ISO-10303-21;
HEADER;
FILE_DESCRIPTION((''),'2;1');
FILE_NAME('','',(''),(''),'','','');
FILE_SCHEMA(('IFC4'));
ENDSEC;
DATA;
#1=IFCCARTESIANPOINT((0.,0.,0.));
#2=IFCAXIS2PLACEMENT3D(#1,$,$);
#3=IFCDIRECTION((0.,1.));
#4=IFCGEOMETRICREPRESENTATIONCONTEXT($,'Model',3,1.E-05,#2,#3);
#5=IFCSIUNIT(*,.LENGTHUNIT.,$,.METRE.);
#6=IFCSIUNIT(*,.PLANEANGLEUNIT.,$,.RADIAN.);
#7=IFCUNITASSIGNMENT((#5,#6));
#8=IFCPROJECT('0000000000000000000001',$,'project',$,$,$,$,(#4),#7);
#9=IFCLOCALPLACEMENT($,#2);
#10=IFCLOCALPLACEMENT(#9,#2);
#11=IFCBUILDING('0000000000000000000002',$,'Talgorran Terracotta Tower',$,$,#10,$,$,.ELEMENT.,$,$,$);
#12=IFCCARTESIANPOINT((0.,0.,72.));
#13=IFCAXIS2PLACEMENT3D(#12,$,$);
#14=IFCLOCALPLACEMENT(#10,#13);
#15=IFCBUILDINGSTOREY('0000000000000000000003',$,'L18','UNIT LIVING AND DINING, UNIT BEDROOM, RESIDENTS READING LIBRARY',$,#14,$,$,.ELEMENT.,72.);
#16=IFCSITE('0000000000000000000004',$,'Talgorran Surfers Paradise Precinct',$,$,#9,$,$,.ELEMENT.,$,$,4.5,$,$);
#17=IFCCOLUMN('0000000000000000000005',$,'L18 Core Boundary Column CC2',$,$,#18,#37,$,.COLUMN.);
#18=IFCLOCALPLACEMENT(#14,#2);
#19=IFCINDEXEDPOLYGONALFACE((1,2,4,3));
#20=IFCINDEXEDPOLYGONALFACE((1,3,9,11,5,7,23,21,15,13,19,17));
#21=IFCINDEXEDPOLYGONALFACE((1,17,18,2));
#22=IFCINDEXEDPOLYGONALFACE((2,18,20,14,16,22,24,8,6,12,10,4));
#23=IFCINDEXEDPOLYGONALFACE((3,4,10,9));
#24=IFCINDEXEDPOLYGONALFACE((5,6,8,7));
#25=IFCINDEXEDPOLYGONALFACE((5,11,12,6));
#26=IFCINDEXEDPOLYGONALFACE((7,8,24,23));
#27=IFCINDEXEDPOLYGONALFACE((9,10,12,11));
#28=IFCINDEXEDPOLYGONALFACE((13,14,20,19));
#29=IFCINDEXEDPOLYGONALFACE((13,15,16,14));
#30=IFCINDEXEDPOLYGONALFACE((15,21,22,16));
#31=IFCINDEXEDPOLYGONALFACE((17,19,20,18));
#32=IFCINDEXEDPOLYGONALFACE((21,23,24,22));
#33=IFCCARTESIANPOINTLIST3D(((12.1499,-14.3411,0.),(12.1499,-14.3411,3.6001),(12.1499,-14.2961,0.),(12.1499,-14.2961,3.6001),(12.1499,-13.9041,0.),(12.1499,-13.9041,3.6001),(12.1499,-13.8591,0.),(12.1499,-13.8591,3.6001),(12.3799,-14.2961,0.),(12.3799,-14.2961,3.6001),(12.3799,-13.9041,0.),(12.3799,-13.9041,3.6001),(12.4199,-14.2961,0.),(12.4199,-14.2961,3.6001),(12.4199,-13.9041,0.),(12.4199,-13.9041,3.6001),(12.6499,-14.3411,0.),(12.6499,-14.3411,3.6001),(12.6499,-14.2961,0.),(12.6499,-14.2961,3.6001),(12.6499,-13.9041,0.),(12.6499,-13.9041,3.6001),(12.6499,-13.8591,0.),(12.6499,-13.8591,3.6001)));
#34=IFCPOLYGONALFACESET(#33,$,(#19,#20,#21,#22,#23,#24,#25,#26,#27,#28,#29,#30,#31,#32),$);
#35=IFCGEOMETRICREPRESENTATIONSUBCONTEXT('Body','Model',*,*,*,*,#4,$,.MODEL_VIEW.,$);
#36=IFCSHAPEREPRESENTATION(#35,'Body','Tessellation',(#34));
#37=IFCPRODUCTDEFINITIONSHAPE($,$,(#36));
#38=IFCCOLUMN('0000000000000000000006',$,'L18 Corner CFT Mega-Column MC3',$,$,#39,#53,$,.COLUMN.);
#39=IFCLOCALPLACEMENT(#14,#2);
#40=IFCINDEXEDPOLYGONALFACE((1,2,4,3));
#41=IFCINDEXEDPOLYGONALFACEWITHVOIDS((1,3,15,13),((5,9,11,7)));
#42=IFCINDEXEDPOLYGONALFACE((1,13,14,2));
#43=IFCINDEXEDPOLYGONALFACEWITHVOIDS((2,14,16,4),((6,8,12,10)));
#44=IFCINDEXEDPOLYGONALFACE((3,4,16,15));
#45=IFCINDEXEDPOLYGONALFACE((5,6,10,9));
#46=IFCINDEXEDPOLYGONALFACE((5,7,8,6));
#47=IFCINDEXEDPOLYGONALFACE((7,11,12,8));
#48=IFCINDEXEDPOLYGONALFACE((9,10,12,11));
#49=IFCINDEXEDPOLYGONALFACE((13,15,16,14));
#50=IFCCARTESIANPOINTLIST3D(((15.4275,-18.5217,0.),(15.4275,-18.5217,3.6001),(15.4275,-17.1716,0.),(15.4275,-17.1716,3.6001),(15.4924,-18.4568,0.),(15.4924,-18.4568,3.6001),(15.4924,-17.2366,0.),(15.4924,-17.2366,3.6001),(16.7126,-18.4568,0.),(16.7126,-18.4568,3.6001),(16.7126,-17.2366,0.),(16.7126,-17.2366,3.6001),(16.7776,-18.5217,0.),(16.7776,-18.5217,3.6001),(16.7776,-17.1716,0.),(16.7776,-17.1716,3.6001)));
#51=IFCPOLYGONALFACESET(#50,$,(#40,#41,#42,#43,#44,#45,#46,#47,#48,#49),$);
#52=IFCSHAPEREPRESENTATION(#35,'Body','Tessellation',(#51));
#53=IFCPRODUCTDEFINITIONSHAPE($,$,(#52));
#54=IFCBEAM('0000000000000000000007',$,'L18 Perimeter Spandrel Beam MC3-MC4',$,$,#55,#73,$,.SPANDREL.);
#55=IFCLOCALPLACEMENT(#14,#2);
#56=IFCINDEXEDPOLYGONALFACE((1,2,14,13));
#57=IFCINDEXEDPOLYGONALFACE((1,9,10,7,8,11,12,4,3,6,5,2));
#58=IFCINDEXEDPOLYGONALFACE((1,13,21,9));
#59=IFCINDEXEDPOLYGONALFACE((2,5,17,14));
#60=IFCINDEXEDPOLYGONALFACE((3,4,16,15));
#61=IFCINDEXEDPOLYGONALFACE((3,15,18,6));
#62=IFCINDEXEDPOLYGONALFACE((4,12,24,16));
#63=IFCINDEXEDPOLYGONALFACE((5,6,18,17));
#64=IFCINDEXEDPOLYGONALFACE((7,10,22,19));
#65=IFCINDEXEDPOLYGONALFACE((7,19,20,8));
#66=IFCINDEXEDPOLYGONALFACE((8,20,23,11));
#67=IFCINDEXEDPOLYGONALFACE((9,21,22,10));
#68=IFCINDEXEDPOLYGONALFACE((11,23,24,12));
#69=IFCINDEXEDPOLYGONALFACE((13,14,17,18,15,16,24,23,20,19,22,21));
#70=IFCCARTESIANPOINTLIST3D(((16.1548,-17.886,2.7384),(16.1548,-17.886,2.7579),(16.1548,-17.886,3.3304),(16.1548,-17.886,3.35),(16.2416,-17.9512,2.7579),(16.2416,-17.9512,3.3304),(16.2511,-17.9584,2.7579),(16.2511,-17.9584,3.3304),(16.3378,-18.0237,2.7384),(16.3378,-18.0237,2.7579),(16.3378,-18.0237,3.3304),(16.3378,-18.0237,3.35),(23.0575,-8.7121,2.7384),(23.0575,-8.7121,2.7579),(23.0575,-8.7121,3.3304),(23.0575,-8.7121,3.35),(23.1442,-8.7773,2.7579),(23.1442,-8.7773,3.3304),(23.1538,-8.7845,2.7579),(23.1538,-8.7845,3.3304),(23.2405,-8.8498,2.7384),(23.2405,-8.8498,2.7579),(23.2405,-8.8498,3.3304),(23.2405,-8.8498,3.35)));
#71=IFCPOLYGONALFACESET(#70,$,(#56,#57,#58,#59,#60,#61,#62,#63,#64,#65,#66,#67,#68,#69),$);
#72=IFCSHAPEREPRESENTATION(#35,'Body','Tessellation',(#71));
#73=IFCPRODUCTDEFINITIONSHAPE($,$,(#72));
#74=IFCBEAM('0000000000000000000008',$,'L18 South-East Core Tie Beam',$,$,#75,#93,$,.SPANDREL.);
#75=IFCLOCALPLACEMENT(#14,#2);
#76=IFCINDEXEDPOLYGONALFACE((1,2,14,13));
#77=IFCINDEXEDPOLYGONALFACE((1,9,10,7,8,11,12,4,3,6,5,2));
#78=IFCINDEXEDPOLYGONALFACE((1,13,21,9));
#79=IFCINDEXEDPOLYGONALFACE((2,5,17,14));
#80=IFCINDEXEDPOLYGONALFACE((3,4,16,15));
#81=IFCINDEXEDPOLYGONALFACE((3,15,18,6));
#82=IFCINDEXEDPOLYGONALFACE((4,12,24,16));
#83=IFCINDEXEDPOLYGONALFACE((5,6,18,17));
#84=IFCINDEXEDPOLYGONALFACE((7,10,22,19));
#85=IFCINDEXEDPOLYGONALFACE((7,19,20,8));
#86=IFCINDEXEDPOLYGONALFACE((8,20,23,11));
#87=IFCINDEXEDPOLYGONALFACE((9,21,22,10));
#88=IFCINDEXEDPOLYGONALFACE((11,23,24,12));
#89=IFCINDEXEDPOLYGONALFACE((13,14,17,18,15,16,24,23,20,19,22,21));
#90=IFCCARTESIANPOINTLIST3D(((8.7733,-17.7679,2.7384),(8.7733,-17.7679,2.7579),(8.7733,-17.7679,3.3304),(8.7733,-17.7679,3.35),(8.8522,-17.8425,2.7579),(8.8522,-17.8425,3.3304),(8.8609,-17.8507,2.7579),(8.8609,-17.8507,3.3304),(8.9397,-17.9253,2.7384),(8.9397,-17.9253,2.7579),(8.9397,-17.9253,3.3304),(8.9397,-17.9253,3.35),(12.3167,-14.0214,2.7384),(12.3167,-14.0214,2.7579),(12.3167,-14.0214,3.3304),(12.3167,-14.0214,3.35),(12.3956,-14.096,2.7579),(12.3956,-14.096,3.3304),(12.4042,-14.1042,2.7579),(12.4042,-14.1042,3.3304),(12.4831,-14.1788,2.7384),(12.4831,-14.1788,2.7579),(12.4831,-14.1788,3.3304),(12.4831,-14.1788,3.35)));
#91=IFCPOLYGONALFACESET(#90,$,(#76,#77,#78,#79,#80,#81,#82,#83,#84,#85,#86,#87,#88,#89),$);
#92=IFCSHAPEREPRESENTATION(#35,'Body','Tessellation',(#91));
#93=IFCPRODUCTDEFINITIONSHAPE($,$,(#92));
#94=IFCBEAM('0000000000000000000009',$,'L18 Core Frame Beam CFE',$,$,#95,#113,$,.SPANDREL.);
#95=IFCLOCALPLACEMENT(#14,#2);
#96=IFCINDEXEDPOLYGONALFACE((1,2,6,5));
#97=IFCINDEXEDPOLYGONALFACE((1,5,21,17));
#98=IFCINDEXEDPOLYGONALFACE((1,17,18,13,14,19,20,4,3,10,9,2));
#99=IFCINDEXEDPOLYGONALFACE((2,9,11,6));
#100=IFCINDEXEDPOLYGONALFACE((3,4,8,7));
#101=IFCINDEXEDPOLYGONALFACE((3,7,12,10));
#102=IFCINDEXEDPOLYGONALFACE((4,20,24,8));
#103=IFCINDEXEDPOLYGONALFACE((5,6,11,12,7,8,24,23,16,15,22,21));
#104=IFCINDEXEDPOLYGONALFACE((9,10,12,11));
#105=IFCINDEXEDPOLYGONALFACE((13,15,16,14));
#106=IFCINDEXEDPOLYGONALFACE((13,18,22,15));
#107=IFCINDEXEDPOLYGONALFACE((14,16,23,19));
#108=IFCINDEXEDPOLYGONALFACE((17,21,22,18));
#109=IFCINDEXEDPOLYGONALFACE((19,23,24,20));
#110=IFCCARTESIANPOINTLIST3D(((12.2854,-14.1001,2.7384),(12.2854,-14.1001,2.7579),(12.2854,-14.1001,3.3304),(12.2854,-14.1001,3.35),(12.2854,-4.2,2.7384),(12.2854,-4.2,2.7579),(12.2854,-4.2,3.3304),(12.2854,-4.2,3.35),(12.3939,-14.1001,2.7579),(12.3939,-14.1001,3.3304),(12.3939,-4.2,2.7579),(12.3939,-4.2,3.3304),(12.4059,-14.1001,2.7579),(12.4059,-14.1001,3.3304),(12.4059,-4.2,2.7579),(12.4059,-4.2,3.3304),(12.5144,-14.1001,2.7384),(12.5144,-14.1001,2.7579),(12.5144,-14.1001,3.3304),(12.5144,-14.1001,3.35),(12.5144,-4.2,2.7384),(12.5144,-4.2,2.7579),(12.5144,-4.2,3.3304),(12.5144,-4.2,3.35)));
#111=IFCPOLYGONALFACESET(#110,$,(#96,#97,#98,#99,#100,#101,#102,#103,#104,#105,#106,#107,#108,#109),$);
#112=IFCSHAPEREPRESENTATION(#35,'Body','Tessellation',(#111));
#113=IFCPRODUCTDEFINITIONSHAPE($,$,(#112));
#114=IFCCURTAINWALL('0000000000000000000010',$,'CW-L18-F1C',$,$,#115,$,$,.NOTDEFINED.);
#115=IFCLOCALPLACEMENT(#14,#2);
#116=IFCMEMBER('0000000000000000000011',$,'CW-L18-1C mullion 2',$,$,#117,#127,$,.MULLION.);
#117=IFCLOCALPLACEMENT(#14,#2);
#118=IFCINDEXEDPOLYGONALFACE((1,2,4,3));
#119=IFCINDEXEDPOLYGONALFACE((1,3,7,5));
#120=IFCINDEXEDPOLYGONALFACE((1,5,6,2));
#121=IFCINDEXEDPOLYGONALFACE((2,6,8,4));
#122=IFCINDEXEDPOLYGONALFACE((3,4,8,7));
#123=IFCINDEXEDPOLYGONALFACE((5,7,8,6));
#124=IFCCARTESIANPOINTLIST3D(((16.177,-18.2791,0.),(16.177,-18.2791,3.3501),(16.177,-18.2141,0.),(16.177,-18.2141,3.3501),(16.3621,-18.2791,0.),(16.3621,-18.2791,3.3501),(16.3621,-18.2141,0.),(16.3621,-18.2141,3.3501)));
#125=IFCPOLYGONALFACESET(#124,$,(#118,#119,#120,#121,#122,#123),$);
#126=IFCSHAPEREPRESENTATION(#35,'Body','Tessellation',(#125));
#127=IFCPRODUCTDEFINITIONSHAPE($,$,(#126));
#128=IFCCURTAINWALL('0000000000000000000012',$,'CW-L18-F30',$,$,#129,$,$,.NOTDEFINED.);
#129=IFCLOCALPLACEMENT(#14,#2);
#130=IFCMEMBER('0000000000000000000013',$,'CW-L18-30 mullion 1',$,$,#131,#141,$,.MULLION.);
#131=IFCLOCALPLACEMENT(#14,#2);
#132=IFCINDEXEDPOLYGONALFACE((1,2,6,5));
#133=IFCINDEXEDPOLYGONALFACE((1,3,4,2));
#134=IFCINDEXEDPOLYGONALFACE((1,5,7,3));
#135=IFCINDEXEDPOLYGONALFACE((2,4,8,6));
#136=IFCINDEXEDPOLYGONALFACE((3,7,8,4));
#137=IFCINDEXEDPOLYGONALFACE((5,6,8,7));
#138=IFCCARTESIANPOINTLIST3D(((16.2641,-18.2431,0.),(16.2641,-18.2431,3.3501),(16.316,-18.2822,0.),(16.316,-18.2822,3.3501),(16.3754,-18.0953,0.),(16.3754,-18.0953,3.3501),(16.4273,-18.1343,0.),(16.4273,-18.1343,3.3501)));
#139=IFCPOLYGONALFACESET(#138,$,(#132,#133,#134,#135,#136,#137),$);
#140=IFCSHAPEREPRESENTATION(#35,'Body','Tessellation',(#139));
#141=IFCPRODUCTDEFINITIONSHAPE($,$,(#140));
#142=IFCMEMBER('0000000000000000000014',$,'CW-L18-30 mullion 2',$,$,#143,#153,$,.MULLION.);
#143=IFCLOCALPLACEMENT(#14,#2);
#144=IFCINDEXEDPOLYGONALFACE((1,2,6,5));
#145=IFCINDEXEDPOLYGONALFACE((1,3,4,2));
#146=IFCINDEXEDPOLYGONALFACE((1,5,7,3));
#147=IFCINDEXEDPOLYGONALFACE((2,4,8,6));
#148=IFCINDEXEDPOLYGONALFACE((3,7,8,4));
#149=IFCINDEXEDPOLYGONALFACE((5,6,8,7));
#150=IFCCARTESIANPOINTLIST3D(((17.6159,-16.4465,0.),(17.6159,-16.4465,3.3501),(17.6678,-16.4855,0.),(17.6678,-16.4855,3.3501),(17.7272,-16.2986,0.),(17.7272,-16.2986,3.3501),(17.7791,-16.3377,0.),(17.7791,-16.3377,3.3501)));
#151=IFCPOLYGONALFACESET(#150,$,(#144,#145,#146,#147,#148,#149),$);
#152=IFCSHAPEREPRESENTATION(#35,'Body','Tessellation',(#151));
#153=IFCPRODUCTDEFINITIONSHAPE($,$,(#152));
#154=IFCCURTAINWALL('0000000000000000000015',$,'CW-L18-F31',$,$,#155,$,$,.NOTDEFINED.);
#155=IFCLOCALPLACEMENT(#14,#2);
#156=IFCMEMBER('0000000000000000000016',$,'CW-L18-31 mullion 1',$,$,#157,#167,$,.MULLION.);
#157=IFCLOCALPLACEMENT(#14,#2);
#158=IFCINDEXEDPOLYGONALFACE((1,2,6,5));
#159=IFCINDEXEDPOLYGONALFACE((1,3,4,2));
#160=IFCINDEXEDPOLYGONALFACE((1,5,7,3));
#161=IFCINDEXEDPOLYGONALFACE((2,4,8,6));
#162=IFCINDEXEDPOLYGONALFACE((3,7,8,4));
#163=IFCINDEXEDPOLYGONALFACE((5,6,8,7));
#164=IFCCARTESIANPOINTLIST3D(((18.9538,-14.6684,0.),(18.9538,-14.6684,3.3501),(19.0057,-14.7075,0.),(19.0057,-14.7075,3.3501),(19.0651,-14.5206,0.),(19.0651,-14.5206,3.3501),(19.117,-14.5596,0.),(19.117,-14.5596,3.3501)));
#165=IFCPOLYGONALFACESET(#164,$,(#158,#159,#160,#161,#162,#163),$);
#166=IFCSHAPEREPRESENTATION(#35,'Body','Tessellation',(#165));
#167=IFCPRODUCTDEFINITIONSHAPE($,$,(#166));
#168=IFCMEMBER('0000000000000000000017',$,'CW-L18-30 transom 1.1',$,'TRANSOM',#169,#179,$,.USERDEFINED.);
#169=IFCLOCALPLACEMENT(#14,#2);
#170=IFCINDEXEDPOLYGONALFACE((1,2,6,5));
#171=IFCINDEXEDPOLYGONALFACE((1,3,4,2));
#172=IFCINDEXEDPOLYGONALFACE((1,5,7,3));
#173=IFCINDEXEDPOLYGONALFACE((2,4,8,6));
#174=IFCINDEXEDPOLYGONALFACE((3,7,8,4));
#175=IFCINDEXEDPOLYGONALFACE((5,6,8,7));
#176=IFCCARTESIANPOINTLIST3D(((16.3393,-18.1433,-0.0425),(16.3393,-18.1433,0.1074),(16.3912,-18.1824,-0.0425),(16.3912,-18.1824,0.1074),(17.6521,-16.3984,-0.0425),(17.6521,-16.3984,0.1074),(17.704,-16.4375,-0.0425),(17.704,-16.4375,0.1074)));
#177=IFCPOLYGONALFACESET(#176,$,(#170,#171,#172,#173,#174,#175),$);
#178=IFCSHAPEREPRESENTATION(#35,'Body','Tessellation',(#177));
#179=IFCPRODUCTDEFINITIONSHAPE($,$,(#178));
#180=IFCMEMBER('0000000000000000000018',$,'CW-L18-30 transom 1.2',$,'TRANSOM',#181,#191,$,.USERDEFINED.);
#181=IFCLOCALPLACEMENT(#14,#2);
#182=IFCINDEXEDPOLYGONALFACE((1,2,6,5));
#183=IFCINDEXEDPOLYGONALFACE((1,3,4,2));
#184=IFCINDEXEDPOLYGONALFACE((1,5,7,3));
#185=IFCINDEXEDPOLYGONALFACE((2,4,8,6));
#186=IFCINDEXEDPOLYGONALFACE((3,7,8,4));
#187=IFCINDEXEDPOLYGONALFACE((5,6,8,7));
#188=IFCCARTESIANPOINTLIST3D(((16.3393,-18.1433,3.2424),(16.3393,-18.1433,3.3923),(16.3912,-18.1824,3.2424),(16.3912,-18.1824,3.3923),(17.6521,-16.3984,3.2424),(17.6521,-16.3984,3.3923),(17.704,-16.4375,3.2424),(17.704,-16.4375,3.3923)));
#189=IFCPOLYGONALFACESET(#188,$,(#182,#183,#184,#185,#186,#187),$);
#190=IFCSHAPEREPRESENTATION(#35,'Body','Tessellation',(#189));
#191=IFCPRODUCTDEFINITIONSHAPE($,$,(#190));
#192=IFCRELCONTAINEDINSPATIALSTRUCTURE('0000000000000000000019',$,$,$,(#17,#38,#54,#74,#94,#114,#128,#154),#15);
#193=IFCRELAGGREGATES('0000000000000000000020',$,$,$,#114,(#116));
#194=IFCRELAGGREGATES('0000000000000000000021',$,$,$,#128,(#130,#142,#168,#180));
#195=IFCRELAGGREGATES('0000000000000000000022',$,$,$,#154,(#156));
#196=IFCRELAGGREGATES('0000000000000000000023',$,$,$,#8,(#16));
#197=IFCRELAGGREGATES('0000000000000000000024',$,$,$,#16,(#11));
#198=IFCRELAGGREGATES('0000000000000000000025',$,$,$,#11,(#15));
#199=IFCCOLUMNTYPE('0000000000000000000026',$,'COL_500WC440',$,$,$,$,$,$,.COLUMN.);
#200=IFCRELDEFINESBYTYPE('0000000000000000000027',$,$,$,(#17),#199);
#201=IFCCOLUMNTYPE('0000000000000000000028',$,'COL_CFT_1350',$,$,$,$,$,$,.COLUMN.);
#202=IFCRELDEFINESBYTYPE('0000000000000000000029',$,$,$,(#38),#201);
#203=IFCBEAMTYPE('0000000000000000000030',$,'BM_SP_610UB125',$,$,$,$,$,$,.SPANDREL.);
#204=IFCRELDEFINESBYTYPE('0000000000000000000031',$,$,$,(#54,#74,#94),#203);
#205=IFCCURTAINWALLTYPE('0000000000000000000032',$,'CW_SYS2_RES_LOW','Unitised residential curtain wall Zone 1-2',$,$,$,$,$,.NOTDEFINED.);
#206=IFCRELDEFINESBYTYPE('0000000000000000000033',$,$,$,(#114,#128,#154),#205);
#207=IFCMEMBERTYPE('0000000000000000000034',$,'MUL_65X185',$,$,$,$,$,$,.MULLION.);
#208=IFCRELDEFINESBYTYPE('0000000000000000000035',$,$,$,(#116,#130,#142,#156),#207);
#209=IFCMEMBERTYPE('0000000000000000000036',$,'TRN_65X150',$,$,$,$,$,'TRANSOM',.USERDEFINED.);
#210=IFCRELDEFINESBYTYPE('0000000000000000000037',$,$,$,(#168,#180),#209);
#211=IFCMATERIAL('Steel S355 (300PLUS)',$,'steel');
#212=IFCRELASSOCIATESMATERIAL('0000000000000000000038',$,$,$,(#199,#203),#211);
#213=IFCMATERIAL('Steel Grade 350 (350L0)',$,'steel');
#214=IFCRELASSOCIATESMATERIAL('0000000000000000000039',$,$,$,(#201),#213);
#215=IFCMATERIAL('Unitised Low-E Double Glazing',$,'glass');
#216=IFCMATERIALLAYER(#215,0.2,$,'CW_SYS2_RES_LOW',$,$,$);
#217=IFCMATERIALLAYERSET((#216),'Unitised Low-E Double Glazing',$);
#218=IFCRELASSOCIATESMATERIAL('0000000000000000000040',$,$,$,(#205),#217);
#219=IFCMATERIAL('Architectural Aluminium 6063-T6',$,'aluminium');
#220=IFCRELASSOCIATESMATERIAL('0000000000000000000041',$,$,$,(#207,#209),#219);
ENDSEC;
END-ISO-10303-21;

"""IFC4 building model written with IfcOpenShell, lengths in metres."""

from ifc_helpers import new_model, si_unit, direction, frame, origin, origin_2d, place, context, subcontext, project, spatial, rectangle, hollow_rectangle, i_section, extrude, material, layer, layer_set, material_profile, profile_set, type_object, element, aggregate, save


model = new_model("IFC4")

# Units and contexts
model_context = context("Model", 3, precision=1e-05, world=origin(), true_north=direction((0.0, 1.0)))
body_context = subcontext(model_context, "Body", "Model", "MODEL_VIEW")
ifc_project = project(units=[si_unit("LENGTHUNIT", "METRE"), si_unit("PLANEANGLEUNIT", "RADIAN")], contexts=[model_context])

# Site, building, storey
site_placement = place(None, origin())
site = spatial("IfcSite", under=ifc_project, at=site_placement, Name="Talgorran Surfers Paradise Precinct", CompositionType="ELEMENT", RefElevation=4.5)
building_placement = place(site_placement, origin())
building = spatial("IfcBuilding", under=site, at=building_placement, Name="Talgorran Terracotta Tower", CompositionType="ELEMENT")
storey_placement = place(building_placement, frame((0.0, 0.0, 72.0)))
storey = spatial("IfcBuildingStorey", under=building, at=storey_placement, Name="L18", Description="UNIT LIVING AND DINING, UNIT BEDROOM, RESIDENTS READING LIBRARY", CompositionType="ELEMENT", Elevation=72.0)

# Columns
ifc_material_1 = material(Name="Steel S355 (300PLUS)", Category="steel")
ifc_material_profile_1 = material_profile(ifc_material_1, i_section(OverallWidth=0.5, OverallDepth=0.4819, WebThickness=0.04, FlangeThickness=0.0449, at=origin_2d()), Name="500WC440")
ifc_profile_set_1 = profile_set([ifc_material_profile_1], Name="Steel S355 (300PLUS)")
column_type_1 = type_object("IfcColumnType", Name="COL_500WC440", PredefinedType="COLUMN", material=ifc_profile_set_1)
column_1_placement = place(storey_placement, frame((12.3999, -14.1001, 0.0), z_axis=(0.0, 0.0, 1.0), x_axis=(1.0, 0.0, 0.0)))
element("IfcColumn", 1, at=column_1_placement, inside=storey, type_object=column_type_1, Name="L18 Core Boundary Column CC2", PredefinedType="COLUMN", context=body_context, shape_type="SweptSolid", body=[
    extrude(i_section(OverallWidth=0.5, OverallDepth=0.4819, WebThickness=0.04, FlangeThickness=0.0449, at=origin_2d()), origin(), (0.0, 0.0, 1.0), 3.6001),
])
ifc_material_2 = material(Name="Steel Grade 350 (350L0)", Category="steel")
ifc_material_profile_2 = material_profile(ifc_material_2, hollow_rectangle(XDim=1.3501, YDim=1.3501, WallThickness=0.0649, at=origin_2d()), Name="CFT1350X1350X65")
ifc_profile_set_2 = profile_set([ifc_material_profile_2], Name="Steel Grade 350 (350L0)")
column_type_2 = type_object("IfcColumnType", Name="COL_CFT_1350", PredefinedType="COLUMN", material=ifc_profile_set_2)
column_2_placement = place(storey_placement, frame((16.1025, -17.8467, 0.0), z_axis=(0.0, 0.0, 1.0), x_axis=(1.0, 0.0, 0.0)))
element("IfcColumn", 2, at=column_2_placement, inside=storey, type_object=column_type_2, Name="L18 Corner CFT Mega-Column MC3", PredefinedType="COLUMN", context=body_context, shape_type="SweptSolid", body=[
    extrude(hollow_rectangle(XDim=1.3501, YDim=1.3501, WallThickness=0.0649, at=origin_2d()), origin(), (0.0, 0.0, 1.0), 3.6001),
])

# Beams
ifc_material_profile_3 = material_profile(ifc_material_1, i_section(OverallWidth=0.229, OverallDepth=0.6116, WebThickness=0.012, FlangeThickness=0.0195, at=origin_2d()), Name="610UB125")
ifc_profile_set_3 = profile_set([ifc_material_profile_3], Name="Steel S355 (300PLUS)")
beam_type = type_object("IfcBeamType", Name="BM_SP_610UB125", PredefinedType="SPANDREL", material=ifc_profile_set_3)
beam_1_placement = place(storey_placement, frame((16.2463, -17.9548, 3.0442), z_axis=(0.601238, 0.79907, 0.0), x_axis=(-0.79907, 0.601238, 0.0)))
element("IfcBeam", 3, at=beam_1_placement, inside=storey, type_object=beam_type, Name="L18 Perimeter Spandrel Beam MC3-MC4", PredefinedType="SPANDREL", context=body_context, shape_type="SweptSolid", body=[
    extrude(i_section(OverallWidth=0.229, OverallDepth=0.6116, WebThickness=0.012, FlangeThickness=0.0195, at=origin_2d()), origin(), (0.0, 0.0, 1.0), 11.4807),
])
beam_2_placement = place(storey_placement, frame((12.3999, -14.1001, 3.0442), z_axis=(-0.687138, -0.726527, 0.0), x_axis=(0.726527, -0.687138, 0.0)))
element("IfcBeam", 4, at=beam_2_placement, inside=storey, type_object=beam_type, Name="L18 South-East Core Tie Beam", PredefinedType="SPANDREL", context=body_context, shape_type="SweptSolid", body=[
    extrude(i_section(OverallWidth=0.229, OverallDepth=0.6116, WebThickness=0.012, FlangeThickness=0.0195, at=origin_2d()), origin(), (0.0, 0.0, 1.0), 5.1567),
])
beam_3_placement = place(storey_placement, frame((12.3999, -14.1001, 3.0442), z_axis=(0.0, 1.0, 0.0), x_axis=(-1.0, 0.0, 0.0)))
element("IfcBeam", 5, at=beam_3_placement, inside=storey, type_object=beam_type, Name="L18 Core Frame Beam CFE", PredefinedType="SPANDREL", context=body_context, shape_type="SweptSolid", body=[
    extrude(i_section(OverallWidth=0.229, OverallDepth=0.6116, WebThickness=0.012, FlangeThickness=0.0195, at=origin_2d()), origin(), (0.0, 0.0, 1.0), 9.9001),
])

# Curtain wall, member
ifc_material_3 = material(Name="Unitised Low-E Double Glazing", Category="glass")
ifc_layer_1 = layer(ifc_material_3, 0.2, Name="CW_SYS2_RES_LOW")
ifc_layer_set_1 = layer_set([ifc_layer_1], Name="Unitised Low-E Double Glazing")
curtain_wall_type = type_object("IfcCurtainWallType", Name="CW_SYS2_RES_LOW", Description="Unitised residential curtain wall Zone 1-2", PredefinedType="NOTDEFINED", material=ifc_layer_set_1)
curtain_wall_1_placement = place(storey_placement, origin())
curtain_wall_1 = element("IfcCurtainWall", 6, at=curtain_wall_1_placement, inside=storey, type_object=curtain_wall_type, Name="CW-L18-F1C", PredefinedType="NOTDEFINED")
ifc_material_4 = material(Name="Architectural Aluminium 6063-T6", Category="aluminium")
ifc_material_profile_4 = material_profile(ifc_material_4, rectangle(XDim=0.0649, YDim=0.1851, at=origin_2d()), Name="CWM65X185")
ifc_profile_set_4 = profile_set([ifc_material_profile_4], Name="Architectural Aluminium 6063-T6")
member_type_1 = type_object("IfcMemberType", Name="MUL_65X185", PredefinedType="MULLION", material=ifc_profile_set_4)
member_1_placement = place(storey_placement, frame((16.2695, -18.2466, 0.0), z_axis=(0.0, 0.0, 1.0), x_axis=(0.0, 1.0, 0.0)))
member_1 = element("IfcMember", 7, at=member_1_placement, type_object=member_type_1, Name="CW-L18-1C mullion 2", PredefinedType="MULLION", context=body_context, shape_type="SweptSolid", body=[
    extrude(rectangle(XDim=0.0649, YDim=0.1851, at=origin_2d()), origin(), (0.0, 0.0, 1.0), 3.3501),
])
aggregate(curtain_wall_1, [member_1])

# Curtain wall, members
curtain_wall_2_placement = place(storey_placement, origin())
curtain_wall_2 = element("IfcCurtainWall", 8, at=curtain_wall_2_placement, inside=storey, type_object=curtain_wall_type, Name="CW-L18-F30", PredefinedType="NOTDEFINED")
member_2_placement = place(storey_placement, frame((16.3457, -18.1887, 0.0), z_axis=(0.0, 0.0, 1.0), x_axis=(-0.799055, 0.601258, 0.0)))
member_2 = element("IfcMember", 9, at=member_2_placement, type_object=member_type_1, Name="CW-L18-30 mullion 1", PredefinedType="MULLION", context=body_context, shape_type="SweptSolid", body=[
    extrude(rectangle(XDim=0.0649, YDim=0.1851, at=origin_2d()), origin(), (0.0, 0.0, 1.0), 3.3501),
])
member_3_placement = place(storey_placement, frame((17.6975, -16.3921, 0.0), z_axis=(0.0, 0.0, 1.0), x_axis=(-0.799055, 0.601258, 0.0)))
member_3 = element("IfcMember", 10, at=member_3_placement, type_object=member_type_1, Name="CW-L18-30 mullion 2", PredefinedType="MULLION", context=body_context, shape_type="SweptSolid", body=[
    extrude(rectangle(XDim=0.0649, YDim=0.1851, at=origin_2d()), origin(), (0.0, 0.0, 1.0), 3.3501),
])

# Curtain wall, member
curtain_wall_3_placement = place(storey_placement, origin())
curtain_wall_3 = element("IfcCurtainWall", 11, at=curtain_wall_3_placement, inside=storey, type_object=curtain_wall_type, Name="CW-L18-F31", PredefinedType="NOTDEFINED")
member_4_placement = place(storey_placement, frame((19.0354, -14.614, 0.0), z_axis=(0.0, 0.0, 1.0), x_axis=(-0.79906, 0.601251, 0.0)))
member_4 = element("IfcMember", 12, at=member_4_placement, type_object=member_type_1, Name="CW-L18-31 mullion 1", PredefinedType="MULLION", context=body_context, shape_type="SweptSolid", body=[
    extrude(rectangle(XDim=0.0649, YDim=0.1851, at=origin_2d()), origin(), (0.0, 0.0, 1.0), 3.3501),
])

# Members
ifc_material_profile_5 = material_profile(ifc_material_4, rectangle(XDim=0.0649, YDim=0.1499, at=origin_2d()), Name="CWT65X150")
ifc_profile_set_5 = profile_set([ifc_material_profile_5], Name="Architectural Aluminium 6063-T6")
member_type_2 = type_object("IfcMemberType", Name="TRN_65X150", ElementType="TRANSOM", PredefinedType="USERDEFINED", material=ifc_profile_set_5)
member_5_placement = place(storey_placement, frame((16.3652, -18.1628, 0.0325), z_axis=(0.601198, 0.7991, 0.0), x_axis=(-0.7991, 0.601198, 0.0)))
member_5 = element("IfcMember", 13, at=member_5_placement, type_object=member_type_2, Name="CW-L18-30 transom 1.1", ObjectType="TRANSOM", PredefinedType="USERDEFINED", context=body_context, shape_type="SweptSolid", body=[
    extrude(rectangle(XDim=0.0649, YDim=0.1499, at=origin_2d()), origin(), (0.0, 0.0, 1.0), 2.1836),
])
member_6_placement = place(storey_placement, frame((16.3652, -18.1628, 3.3174), z_axis=(0.601198, 0.7991, 0.0), x_axis=(-0.7991, 0.601198, 0.0)))
member_6 = element("IfcMember", 14, at=member_6_placement, type_object=member_type_2, Name="CW-L18-30 transom 1.2", ObjectType="TRANSOM", PredefinedType="USERDEFINED", context=body_context, shape_type="SweptSolid", body=[
    extrude(rectangle(XDim=0.0649, YDim=0.1499, at=origin_2d()), origin(), (0.0, 0.0, 1.0), 2.1836),
])

aggregate(curtain_wall_2, [member_2, member_3, member_5, member_6])
aggregate(curtain_wall_3, [member_4])

save(model, "model.ifc")
